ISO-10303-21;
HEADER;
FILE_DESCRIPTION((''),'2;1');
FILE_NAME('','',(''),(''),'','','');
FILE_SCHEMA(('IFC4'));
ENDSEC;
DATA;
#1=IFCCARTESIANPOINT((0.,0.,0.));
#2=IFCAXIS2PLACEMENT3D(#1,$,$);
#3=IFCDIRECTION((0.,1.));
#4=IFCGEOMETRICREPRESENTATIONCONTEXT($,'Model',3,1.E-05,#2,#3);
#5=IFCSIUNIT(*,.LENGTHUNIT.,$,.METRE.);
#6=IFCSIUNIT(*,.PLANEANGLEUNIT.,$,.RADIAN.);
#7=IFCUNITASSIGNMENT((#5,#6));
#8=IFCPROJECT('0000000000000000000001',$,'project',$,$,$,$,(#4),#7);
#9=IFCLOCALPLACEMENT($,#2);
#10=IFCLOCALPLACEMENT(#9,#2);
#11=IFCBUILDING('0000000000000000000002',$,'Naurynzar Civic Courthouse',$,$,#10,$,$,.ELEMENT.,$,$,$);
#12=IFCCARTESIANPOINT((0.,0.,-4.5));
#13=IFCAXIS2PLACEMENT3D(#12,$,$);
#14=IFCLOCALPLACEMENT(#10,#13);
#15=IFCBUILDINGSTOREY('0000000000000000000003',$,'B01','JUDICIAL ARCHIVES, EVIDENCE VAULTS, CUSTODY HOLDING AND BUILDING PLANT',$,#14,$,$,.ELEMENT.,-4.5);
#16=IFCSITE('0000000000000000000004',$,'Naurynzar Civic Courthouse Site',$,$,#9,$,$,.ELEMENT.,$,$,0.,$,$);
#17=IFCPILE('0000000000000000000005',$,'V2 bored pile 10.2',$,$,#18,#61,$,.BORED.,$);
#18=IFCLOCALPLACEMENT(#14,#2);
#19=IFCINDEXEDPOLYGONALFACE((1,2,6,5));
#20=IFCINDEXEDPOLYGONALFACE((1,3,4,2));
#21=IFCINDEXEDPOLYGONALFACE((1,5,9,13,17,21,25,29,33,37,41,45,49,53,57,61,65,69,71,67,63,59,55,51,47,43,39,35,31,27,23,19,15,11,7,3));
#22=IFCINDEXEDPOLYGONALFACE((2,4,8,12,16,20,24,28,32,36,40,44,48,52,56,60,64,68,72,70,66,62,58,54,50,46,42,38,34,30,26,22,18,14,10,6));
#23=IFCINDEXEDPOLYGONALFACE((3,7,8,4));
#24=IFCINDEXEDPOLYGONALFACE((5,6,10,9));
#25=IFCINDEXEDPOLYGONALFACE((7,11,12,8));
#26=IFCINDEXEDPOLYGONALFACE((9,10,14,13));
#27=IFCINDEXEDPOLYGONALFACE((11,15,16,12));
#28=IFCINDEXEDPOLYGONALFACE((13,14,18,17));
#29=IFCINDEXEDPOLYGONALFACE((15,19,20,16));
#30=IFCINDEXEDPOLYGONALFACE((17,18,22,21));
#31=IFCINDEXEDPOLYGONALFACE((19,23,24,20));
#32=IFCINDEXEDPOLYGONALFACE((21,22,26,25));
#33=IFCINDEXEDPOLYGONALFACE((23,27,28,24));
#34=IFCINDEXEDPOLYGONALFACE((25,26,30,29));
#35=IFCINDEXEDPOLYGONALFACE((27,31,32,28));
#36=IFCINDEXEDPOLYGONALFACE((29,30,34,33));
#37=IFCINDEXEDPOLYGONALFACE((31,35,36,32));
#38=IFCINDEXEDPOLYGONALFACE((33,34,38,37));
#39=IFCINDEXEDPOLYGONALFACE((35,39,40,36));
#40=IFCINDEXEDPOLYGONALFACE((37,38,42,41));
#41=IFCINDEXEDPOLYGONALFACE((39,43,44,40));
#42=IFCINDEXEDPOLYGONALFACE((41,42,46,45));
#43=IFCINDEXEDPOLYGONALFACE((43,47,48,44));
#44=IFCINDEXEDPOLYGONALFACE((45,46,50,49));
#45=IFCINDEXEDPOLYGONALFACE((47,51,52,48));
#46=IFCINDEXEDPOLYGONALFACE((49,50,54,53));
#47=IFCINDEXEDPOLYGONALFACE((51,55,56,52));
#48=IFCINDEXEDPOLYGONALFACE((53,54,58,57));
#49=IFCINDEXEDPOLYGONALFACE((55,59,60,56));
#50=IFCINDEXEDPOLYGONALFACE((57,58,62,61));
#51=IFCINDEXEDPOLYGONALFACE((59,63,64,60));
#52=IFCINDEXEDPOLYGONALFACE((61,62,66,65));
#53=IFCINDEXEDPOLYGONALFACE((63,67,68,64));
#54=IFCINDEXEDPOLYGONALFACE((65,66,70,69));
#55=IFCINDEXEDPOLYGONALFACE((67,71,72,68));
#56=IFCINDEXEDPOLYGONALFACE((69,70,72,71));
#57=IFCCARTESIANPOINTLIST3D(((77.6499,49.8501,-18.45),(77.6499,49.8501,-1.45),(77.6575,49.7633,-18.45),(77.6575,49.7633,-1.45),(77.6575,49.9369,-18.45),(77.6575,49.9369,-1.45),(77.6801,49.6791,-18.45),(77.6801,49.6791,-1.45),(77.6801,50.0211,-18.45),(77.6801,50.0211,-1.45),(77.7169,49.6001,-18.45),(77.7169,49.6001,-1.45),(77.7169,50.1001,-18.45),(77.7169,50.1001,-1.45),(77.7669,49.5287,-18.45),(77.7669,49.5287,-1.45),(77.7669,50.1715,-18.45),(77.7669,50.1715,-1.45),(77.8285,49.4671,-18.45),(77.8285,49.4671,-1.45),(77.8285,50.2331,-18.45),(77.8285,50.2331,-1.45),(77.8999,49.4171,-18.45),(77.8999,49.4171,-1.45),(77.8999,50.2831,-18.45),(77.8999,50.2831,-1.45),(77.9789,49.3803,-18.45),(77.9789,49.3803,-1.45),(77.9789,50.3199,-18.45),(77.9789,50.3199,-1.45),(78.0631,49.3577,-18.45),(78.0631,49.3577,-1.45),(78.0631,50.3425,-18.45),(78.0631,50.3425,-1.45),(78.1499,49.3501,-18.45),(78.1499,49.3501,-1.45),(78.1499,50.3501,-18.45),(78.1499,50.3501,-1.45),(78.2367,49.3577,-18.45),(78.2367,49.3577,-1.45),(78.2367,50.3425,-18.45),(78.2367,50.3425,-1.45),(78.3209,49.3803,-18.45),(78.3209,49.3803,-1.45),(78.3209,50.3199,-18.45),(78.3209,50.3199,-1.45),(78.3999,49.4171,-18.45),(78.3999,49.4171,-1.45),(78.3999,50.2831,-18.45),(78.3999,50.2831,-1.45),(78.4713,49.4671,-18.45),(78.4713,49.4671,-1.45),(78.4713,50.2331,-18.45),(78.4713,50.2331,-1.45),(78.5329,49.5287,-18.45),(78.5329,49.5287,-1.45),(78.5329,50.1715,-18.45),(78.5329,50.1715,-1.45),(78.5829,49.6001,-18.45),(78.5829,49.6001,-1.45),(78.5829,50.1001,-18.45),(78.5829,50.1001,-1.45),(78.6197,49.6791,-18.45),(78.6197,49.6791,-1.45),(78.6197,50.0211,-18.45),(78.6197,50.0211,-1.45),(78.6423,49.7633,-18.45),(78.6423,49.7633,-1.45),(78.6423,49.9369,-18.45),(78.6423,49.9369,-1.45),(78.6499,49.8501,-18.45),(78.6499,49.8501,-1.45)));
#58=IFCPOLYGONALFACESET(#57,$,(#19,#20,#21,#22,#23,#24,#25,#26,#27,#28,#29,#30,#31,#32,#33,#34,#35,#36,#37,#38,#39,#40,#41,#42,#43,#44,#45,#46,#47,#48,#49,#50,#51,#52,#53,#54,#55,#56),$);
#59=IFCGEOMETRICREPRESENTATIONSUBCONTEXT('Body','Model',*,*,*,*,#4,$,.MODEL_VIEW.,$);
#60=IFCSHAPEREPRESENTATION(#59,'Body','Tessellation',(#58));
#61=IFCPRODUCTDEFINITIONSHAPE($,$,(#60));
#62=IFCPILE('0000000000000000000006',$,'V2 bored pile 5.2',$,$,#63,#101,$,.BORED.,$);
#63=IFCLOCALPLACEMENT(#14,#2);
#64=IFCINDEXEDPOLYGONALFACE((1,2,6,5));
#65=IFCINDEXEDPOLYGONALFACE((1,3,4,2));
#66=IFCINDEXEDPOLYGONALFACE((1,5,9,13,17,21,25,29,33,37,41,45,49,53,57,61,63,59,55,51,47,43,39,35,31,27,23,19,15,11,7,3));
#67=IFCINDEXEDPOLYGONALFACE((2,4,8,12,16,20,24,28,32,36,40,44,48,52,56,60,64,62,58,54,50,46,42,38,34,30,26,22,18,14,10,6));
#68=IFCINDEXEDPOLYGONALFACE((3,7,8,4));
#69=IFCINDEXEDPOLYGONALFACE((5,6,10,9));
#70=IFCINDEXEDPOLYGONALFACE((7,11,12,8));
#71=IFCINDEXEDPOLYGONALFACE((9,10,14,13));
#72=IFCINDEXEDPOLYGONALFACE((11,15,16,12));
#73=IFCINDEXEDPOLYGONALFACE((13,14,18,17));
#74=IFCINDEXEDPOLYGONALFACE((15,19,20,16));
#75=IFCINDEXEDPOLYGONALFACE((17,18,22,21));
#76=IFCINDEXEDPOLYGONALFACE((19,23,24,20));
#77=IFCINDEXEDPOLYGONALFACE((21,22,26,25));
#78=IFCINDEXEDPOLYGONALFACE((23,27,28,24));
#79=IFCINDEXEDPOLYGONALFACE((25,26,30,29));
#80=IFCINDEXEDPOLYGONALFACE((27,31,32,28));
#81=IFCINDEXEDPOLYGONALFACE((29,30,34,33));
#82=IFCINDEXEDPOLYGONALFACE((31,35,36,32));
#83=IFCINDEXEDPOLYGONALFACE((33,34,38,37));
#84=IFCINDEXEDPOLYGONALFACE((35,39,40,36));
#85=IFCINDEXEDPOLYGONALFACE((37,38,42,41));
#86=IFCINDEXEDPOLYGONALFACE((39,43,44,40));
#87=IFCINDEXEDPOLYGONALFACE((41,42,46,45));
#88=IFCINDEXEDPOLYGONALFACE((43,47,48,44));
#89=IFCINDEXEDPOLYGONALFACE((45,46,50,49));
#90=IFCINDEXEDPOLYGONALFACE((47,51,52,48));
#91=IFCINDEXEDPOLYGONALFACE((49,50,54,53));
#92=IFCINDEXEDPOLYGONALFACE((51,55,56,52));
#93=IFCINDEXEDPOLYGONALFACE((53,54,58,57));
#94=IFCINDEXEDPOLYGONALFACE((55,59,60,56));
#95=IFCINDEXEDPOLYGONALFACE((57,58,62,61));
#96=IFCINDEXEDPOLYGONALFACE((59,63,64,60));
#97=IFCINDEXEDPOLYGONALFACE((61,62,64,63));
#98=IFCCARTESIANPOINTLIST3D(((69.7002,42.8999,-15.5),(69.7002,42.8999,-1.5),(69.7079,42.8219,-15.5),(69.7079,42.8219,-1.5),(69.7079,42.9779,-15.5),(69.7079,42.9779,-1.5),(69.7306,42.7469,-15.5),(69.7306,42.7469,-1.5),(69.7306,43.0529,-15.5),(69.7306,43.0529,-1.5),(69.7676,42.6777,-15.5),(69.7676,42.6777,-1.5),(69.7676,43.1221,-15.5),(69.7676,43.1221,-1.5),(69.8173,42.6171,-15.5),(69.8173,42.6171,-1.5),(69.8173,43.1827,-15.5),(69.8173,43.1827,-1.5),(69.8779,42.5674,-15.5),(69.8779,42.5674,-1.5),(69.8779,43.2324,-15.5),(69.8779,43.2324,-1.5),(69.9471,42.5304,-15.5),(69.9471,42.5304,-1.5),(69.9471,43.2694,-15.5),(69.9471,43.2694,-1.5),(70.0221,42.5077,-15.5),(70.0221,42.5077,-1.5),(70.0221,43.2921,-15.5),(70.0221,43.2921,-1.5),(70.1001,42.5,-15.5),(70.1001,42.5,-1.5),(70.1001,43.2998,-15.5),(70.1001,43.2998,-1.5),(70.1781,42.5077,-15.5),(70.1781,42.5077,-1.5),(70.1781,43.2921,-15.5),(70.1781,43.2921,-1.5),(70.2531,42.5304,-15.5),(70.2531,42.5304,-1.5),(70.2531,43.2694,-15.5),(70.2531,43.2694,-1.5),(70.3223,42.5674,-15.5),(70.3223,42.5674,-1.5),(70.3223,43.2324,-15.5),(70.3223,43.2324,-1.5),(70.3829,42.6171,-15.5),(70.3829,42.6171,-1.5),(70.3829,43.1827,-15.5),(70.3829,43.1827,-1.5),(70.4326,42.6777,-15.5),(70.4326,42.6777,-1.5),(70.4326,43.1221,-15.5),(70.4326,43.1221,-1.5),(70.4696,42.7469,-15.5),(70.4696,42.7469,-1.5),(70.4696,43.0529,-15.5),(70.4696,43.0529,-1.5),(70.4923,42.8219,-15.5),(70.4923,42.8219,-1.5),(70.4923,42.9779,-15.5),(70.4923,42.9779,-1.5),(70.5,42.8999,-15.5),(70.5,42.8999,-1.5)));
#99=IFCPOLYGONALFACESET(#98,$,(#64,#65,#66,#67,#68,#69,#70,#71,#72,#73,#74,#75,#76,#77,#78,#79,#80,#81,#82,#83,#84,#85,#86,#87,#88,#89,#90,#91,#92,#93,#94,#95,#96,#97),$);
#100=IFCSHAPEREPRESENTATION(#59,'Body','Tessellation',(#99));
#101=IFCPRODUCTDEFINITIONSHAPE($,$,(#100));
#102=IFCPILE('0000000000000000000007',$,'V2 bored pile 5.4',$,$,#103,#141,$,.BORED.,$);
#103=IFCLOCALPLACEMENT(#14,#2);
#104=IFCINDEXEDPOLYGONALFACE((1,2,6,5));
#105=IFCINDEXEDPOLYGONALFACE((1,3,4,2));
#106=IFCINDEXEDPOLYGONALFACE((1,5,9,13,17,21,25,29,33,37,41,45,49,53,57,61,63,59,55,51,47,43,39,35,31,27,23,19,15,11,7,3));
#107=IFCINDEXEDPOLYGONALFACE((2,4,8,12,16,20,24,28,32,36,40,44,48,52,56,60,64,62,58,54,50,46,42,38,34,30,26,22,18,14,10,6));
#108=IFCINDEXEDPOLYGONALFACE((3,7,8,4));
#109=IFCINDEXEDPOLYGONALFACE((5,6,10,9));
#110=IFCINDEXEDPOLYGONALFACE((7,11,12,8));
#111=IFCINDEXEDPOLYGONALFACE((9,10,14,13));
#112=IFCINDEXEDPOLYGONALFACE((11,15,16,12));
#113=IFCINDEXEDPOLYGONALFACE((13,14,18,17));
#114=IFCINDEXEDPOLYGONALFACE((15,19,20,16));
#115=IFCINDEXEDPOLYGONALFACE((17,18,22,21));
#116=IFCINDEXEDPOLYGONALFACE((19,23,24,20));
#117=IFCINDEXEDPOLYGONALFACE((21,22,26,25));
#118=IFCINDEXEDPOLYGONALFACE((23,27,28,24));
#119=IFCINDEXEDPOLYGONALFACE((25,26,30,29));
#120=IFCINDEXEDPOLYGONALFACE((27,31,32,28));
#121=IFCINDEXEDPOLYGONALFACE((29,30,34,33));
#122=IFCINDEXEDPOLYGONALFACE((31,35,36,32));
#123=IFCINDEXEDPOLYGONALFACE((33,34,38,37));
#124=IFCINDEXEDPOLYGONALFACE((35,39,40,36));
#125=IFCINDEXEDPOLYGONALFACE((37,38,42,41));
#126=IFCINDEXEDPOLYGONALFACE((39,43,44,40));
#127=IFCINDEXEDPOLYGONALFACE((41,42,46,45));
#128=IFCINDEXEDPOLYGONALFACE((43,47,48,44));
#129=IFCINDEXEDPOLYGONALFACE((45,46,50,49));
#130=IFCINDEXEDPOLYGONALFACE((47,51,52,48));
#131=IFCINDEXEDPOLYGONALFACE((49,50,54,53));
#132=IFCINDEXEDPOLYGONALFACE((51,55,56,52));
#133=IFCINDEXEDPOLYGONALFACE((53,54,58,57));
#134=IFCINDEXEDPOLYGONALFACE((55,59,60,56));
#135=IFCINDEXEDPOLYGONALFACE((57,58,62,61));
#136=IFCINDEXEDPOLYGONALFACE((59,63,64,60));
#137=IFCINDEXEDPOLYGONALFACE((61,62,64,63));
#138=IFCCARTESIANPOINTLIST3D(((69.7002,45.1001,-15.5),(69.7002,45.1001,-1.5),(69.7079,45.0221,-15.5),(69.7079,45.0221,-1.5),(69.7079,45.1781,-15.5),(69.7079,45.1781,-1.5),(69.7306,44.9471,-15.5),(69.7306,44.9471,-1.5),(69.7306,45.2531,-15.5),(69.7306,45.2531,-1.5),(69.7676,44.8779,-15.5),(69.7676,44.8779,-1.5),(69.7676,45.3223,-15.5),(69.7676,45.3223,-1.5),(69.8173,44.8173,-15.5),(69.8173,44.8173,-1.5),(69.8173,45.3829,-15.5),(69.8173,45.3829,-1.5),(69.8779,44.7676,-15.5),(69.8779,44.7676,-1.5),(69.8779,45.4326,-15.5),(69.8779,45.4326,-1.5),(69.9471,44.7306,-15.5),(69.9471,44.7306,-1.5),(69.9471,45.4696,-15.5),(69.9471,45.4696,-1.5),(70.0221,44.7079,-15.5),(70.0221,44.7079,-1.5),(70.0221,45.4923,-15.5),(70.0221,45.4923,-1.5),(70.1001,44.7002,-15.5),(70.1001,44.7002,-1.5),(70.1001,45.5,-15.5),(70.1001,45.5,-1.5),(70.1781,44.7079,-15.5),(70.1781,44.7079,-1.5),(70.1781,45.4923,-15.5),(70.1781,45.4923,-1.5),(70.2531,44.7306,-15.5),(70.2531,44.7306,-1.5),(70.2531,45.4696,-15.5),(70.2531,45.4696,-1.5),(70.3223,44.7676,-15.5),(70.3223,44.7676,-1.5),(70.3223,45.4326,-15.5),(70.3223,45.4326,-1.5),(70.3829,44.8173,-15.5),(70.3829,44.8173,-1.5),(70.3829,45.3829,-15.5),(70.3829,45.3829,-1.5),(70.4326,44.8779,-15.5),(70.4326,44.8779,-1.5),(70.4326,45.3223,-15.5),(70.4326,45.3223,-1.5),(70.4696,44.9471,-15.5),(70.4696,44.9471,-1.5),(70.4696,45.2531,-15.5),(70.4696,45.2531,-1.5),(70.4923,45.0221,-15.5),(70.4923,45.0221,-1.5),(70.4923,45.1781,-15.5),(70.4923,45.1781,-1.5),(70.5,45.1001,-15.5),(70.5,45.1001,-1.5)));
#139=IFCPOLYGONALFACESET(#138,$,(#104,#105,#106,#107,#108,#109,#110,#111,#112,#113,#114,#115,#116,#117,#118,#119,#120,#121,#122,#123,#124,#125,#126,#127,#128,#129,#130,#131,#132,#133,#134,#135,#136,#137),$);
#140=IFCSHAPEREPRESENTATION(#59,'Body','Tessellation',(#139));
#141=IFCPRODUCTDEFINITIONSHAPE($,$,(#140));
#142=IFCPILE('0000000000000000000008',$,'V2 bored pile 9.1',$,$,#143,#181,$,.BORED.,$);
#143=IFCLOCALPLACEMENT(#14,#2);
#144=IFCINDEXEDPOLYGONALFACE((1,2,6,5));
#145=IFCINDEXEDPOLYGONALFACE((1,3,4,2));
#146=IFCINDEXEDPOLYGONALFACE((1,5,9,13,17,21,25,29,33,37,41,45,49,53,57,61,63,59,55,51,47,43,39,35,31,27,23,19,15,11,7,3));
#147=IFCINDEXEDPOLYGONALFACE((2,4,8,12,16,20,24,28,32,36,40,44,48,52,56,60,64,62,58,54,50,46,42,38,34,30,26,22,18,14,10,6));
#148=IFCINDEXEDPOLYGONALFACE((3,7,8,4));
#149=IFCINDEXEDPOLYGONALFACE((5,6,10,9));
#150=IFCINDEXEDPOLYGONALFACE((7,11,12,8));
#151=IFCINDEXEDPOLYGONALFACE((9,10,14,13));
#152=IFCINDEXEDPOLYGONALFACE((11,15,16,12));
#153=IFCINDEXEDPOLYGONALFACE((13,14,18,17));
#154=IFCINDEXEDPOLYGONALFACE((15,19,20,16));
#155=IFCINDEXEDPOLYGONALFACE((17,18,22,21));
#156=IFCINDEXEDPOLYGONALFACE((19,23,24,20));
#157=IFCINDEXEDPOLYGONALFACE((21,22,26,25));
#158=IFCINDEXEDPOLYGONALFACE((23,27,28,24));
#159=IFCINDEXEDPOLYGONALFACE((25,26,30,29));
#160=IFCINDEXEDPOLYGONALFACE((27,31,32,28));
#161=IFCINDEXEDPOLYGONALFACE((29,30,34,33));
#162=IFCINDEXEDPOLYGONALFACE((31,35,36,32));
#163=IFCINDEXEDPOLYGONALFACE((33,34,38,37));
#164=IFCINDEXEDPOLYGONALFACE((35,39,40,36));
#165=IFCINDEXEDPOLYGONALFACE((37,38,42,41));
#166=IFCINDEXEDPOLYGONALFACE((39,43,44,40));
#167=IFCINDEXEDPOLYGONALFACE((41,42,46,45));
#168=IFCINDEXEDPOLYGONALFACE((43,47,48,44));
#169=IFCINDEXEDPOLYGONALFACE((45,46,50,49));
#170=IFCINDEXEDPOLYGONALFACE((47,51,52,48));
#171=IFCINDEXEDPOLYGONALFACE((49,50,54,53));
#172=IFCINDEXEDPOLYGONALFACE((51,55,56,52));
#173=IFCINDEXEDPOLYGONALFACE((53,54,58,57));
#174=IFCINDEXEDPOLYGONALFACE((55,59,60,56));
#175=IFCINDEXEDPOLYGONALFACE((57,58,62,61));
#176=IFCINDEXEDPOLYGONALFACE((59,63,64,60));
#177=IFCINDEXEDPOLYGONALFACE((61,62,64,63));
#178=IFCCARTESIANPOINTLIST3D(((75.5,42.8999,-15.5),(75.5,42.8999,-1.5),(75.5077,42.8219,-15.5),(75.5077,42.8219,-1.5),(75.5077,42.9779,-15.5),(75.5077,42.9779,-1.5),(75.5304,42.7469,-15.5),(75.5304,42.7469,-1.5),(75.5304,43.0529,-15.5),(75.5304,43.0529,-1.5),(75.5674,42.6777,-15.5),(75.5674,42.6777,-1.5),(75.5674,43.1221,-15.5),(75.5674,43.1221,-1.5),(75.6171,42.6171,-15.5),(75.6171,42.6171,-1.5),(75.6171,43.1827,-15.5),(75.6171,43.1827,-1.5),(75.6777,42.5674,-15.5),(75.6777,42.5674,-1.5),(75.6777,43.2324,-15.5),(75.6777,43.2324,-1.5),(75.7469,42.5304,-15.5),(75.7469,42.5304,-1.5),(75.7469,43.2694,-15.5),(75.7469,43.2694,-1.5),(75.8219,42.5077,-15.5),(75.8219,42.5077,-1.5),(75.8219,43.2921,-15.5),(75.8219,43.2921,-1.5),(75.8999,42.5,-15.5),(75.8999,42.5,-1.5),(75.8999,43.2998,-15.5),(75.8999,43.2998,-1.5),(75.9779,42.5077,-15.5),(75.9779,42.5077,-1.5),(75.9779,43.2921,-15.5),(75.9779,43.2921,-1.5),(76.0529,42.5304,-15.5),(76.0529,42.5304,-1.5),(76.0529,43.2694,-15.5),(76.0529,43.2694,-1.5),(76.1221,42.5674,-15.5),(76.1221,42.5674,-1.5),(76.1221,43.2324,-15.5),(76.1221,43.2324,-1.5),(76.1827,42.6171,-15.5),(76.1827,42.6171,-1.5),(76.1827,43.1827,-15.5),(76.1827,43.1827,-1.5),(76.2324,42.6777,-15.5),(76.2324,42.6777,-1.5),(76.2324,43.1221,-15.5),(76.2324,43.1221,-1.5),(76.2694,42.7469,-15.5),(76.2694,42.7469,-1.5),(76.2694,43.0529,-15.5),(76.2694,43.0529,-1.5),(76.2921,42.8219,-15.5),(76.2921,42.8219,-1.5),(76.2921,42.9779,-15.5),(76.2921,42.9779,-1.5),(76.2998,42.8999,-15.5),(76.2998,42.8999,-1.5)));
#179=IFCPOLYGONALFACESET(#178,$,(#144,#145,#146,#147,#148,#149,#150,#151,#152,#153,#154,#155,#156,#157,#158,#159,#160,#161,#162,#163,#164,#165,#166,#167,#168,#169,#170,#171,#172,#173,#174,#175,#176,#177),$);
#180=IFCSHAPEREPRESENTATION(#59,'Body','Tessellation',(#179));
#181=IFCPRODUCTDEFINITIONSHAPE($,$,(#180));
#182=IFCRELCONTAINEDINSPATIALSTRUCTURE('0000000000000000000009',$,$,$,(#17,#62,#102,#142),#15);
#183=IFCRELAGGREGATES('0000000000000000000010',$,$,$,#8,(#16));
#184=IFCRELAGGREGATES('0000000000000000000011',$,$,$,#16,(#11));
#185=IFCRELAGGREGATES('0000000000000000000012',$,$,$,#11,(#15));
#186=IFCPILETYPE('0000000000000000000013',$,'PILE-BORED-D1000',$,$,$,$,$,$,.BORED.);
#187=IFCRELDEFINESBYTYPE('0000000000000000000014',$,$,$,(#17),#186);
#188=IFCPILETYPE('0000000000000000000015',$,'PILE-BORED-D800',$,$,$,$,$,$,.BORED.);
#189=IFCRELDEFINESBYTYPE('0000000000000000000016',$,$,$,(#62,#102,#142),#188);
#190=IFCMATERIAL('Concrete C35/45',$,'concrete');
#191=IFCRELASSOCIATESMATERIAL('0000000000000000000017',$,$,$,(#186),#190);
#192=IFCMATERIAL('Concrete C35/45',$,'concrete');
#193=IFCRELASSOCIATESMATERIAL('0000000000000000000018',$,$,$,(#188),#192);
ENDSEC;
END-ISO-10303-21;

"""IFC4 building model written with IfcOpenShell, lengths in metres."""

from ifc_helpers import new_model, si_unit, direction, frame, origin, origin_2d, place, context, subcontext, project, spatial, circle, extrude, material, material_profile, profile_set, type_object, element, save


model = new_model("IFC4")

# Units and contexts
model_context = context("Model", 3, precision=1e-05, world=origin(), true_north=direction((0.0, 1.0)))
body_context = subcontext(model_context, "Body", "Model", "MODEL_VIEW")
ifc_project = project(units=[si_unit("LENGTHUNIT", "METRE"), si_unit("PLANEANGLEUNIT", "RADIAN")], contexts=[model_context])

# Site, building, storey
site_placement = place(None, origin())
site = spatial("IfcSite", under=ifc_project, at=site_placement, Name="Naurynzar Civic Courthouse Site", CompositionType="ELEMENT", RefElevation=0.0)
building_placement = place(site_placement, origin())
building = spatial("IfcBuilding", under=site, at=building_placement, Name="Naurynzar Civic Courthouse", CompositionType="ELEMENT")
storey_placement = place(building_placement, frame((0.0, 0.0, -4.5)))
storey = spatial("IfcBuildingStorey", under=building, at=storey_placement, Name="B01", Description="JUDICIAL ARCHIVES, EVIDENCE VAULTS, CUSTODY HOLDING AND BUILDING PLANT", CompositionType="ELEMENT", Elevation=-4.5)

# Piles
ifc_material_1 = material(Name="Concrete C35/45", Category="concrete")
ifc_material_profile_1 = material_profile(ifc_material_1, circle(Radius=0.5, at=origin_2d()), Name="PILE D1000")
ifc_profile_set_1 = profile_set([ifc_material_profile_1], Name="Concrete C35/45")
pile_type_1 = type_object("IfcPileType", Name="PILE-BORED-D1000", PredefinedType="BORED", material=ifc_profile_set_1)
for number, where, z_axis, x_axis, name in (
    (1, (78.1499, 49.8501, -1.45), (0.0, 0.0, -1.0), (1.0, 0.0, 0.0), "V2 bored pile 10.2"),
):
    element("IfcPile", number, at=place(storey_placement, frame(where, z_axis=z_axis, x_axis=x_axis)), inside=storey, type_object=pile_type_1, Name=name, PredefinedType="BORED", context=body_context, shape_type="SweptSolid", body=[
        extrude(circle(Radius=0.5, at=origin_2d()), origin(), (0.0, 0.0, 1.0), 17.0),
    ])
ifc_material_2 = material(Name="Concrete C35/45", Category="concrete")
ifc_material_profile_2 = material_profile(ifc_material_2, circle(Radius=0.3999, at=origin_2d()), Name="PILE D800")
ifc_profile_set_2 = profile_set([ifc_material_profile_2], Name="Concrete C35/45")
pile_type_2 = type_object("IfcPileType", Name="PILE-BORED-D800", PredefinedType="BORED", material=ifc_profile_set_2)
for number, where, z_axis, x_axis, name in (
    (2, (70.1001, 42.8999, -1.5), (0.0, 0.0, -1.0), (1.0, 0.0, 0.0), "V2 bored pile 5.2"),
    (3, (70.1001, 45.1001, -1.5), (0.0, 0.0, -1.0), (1.0, 0.0, 0.0), "V2 bored pile 5.4"),
    (4, (75.8999, 42.8999, -1.5), (0.0, 0.0, -1.0), (1.0, 0.0, 0.0), "V2 bored pile 9.1"),
):
    element("IfcPile", number, at=place(storey_placement, frame(where, z_axis=z_axis, x_axis=x_axis)), inside=storey, type_object=pile_type_2, Name=name, PredefinedType="BORED", context=body_context, shape_type="SweptSolid", body=[
        extrude(circle(Radius=0.3999, at=origin_2d()), origin(), (0.0, 0.0, 1.0), 14.0),
    ])

save(model, "model.ifc")
